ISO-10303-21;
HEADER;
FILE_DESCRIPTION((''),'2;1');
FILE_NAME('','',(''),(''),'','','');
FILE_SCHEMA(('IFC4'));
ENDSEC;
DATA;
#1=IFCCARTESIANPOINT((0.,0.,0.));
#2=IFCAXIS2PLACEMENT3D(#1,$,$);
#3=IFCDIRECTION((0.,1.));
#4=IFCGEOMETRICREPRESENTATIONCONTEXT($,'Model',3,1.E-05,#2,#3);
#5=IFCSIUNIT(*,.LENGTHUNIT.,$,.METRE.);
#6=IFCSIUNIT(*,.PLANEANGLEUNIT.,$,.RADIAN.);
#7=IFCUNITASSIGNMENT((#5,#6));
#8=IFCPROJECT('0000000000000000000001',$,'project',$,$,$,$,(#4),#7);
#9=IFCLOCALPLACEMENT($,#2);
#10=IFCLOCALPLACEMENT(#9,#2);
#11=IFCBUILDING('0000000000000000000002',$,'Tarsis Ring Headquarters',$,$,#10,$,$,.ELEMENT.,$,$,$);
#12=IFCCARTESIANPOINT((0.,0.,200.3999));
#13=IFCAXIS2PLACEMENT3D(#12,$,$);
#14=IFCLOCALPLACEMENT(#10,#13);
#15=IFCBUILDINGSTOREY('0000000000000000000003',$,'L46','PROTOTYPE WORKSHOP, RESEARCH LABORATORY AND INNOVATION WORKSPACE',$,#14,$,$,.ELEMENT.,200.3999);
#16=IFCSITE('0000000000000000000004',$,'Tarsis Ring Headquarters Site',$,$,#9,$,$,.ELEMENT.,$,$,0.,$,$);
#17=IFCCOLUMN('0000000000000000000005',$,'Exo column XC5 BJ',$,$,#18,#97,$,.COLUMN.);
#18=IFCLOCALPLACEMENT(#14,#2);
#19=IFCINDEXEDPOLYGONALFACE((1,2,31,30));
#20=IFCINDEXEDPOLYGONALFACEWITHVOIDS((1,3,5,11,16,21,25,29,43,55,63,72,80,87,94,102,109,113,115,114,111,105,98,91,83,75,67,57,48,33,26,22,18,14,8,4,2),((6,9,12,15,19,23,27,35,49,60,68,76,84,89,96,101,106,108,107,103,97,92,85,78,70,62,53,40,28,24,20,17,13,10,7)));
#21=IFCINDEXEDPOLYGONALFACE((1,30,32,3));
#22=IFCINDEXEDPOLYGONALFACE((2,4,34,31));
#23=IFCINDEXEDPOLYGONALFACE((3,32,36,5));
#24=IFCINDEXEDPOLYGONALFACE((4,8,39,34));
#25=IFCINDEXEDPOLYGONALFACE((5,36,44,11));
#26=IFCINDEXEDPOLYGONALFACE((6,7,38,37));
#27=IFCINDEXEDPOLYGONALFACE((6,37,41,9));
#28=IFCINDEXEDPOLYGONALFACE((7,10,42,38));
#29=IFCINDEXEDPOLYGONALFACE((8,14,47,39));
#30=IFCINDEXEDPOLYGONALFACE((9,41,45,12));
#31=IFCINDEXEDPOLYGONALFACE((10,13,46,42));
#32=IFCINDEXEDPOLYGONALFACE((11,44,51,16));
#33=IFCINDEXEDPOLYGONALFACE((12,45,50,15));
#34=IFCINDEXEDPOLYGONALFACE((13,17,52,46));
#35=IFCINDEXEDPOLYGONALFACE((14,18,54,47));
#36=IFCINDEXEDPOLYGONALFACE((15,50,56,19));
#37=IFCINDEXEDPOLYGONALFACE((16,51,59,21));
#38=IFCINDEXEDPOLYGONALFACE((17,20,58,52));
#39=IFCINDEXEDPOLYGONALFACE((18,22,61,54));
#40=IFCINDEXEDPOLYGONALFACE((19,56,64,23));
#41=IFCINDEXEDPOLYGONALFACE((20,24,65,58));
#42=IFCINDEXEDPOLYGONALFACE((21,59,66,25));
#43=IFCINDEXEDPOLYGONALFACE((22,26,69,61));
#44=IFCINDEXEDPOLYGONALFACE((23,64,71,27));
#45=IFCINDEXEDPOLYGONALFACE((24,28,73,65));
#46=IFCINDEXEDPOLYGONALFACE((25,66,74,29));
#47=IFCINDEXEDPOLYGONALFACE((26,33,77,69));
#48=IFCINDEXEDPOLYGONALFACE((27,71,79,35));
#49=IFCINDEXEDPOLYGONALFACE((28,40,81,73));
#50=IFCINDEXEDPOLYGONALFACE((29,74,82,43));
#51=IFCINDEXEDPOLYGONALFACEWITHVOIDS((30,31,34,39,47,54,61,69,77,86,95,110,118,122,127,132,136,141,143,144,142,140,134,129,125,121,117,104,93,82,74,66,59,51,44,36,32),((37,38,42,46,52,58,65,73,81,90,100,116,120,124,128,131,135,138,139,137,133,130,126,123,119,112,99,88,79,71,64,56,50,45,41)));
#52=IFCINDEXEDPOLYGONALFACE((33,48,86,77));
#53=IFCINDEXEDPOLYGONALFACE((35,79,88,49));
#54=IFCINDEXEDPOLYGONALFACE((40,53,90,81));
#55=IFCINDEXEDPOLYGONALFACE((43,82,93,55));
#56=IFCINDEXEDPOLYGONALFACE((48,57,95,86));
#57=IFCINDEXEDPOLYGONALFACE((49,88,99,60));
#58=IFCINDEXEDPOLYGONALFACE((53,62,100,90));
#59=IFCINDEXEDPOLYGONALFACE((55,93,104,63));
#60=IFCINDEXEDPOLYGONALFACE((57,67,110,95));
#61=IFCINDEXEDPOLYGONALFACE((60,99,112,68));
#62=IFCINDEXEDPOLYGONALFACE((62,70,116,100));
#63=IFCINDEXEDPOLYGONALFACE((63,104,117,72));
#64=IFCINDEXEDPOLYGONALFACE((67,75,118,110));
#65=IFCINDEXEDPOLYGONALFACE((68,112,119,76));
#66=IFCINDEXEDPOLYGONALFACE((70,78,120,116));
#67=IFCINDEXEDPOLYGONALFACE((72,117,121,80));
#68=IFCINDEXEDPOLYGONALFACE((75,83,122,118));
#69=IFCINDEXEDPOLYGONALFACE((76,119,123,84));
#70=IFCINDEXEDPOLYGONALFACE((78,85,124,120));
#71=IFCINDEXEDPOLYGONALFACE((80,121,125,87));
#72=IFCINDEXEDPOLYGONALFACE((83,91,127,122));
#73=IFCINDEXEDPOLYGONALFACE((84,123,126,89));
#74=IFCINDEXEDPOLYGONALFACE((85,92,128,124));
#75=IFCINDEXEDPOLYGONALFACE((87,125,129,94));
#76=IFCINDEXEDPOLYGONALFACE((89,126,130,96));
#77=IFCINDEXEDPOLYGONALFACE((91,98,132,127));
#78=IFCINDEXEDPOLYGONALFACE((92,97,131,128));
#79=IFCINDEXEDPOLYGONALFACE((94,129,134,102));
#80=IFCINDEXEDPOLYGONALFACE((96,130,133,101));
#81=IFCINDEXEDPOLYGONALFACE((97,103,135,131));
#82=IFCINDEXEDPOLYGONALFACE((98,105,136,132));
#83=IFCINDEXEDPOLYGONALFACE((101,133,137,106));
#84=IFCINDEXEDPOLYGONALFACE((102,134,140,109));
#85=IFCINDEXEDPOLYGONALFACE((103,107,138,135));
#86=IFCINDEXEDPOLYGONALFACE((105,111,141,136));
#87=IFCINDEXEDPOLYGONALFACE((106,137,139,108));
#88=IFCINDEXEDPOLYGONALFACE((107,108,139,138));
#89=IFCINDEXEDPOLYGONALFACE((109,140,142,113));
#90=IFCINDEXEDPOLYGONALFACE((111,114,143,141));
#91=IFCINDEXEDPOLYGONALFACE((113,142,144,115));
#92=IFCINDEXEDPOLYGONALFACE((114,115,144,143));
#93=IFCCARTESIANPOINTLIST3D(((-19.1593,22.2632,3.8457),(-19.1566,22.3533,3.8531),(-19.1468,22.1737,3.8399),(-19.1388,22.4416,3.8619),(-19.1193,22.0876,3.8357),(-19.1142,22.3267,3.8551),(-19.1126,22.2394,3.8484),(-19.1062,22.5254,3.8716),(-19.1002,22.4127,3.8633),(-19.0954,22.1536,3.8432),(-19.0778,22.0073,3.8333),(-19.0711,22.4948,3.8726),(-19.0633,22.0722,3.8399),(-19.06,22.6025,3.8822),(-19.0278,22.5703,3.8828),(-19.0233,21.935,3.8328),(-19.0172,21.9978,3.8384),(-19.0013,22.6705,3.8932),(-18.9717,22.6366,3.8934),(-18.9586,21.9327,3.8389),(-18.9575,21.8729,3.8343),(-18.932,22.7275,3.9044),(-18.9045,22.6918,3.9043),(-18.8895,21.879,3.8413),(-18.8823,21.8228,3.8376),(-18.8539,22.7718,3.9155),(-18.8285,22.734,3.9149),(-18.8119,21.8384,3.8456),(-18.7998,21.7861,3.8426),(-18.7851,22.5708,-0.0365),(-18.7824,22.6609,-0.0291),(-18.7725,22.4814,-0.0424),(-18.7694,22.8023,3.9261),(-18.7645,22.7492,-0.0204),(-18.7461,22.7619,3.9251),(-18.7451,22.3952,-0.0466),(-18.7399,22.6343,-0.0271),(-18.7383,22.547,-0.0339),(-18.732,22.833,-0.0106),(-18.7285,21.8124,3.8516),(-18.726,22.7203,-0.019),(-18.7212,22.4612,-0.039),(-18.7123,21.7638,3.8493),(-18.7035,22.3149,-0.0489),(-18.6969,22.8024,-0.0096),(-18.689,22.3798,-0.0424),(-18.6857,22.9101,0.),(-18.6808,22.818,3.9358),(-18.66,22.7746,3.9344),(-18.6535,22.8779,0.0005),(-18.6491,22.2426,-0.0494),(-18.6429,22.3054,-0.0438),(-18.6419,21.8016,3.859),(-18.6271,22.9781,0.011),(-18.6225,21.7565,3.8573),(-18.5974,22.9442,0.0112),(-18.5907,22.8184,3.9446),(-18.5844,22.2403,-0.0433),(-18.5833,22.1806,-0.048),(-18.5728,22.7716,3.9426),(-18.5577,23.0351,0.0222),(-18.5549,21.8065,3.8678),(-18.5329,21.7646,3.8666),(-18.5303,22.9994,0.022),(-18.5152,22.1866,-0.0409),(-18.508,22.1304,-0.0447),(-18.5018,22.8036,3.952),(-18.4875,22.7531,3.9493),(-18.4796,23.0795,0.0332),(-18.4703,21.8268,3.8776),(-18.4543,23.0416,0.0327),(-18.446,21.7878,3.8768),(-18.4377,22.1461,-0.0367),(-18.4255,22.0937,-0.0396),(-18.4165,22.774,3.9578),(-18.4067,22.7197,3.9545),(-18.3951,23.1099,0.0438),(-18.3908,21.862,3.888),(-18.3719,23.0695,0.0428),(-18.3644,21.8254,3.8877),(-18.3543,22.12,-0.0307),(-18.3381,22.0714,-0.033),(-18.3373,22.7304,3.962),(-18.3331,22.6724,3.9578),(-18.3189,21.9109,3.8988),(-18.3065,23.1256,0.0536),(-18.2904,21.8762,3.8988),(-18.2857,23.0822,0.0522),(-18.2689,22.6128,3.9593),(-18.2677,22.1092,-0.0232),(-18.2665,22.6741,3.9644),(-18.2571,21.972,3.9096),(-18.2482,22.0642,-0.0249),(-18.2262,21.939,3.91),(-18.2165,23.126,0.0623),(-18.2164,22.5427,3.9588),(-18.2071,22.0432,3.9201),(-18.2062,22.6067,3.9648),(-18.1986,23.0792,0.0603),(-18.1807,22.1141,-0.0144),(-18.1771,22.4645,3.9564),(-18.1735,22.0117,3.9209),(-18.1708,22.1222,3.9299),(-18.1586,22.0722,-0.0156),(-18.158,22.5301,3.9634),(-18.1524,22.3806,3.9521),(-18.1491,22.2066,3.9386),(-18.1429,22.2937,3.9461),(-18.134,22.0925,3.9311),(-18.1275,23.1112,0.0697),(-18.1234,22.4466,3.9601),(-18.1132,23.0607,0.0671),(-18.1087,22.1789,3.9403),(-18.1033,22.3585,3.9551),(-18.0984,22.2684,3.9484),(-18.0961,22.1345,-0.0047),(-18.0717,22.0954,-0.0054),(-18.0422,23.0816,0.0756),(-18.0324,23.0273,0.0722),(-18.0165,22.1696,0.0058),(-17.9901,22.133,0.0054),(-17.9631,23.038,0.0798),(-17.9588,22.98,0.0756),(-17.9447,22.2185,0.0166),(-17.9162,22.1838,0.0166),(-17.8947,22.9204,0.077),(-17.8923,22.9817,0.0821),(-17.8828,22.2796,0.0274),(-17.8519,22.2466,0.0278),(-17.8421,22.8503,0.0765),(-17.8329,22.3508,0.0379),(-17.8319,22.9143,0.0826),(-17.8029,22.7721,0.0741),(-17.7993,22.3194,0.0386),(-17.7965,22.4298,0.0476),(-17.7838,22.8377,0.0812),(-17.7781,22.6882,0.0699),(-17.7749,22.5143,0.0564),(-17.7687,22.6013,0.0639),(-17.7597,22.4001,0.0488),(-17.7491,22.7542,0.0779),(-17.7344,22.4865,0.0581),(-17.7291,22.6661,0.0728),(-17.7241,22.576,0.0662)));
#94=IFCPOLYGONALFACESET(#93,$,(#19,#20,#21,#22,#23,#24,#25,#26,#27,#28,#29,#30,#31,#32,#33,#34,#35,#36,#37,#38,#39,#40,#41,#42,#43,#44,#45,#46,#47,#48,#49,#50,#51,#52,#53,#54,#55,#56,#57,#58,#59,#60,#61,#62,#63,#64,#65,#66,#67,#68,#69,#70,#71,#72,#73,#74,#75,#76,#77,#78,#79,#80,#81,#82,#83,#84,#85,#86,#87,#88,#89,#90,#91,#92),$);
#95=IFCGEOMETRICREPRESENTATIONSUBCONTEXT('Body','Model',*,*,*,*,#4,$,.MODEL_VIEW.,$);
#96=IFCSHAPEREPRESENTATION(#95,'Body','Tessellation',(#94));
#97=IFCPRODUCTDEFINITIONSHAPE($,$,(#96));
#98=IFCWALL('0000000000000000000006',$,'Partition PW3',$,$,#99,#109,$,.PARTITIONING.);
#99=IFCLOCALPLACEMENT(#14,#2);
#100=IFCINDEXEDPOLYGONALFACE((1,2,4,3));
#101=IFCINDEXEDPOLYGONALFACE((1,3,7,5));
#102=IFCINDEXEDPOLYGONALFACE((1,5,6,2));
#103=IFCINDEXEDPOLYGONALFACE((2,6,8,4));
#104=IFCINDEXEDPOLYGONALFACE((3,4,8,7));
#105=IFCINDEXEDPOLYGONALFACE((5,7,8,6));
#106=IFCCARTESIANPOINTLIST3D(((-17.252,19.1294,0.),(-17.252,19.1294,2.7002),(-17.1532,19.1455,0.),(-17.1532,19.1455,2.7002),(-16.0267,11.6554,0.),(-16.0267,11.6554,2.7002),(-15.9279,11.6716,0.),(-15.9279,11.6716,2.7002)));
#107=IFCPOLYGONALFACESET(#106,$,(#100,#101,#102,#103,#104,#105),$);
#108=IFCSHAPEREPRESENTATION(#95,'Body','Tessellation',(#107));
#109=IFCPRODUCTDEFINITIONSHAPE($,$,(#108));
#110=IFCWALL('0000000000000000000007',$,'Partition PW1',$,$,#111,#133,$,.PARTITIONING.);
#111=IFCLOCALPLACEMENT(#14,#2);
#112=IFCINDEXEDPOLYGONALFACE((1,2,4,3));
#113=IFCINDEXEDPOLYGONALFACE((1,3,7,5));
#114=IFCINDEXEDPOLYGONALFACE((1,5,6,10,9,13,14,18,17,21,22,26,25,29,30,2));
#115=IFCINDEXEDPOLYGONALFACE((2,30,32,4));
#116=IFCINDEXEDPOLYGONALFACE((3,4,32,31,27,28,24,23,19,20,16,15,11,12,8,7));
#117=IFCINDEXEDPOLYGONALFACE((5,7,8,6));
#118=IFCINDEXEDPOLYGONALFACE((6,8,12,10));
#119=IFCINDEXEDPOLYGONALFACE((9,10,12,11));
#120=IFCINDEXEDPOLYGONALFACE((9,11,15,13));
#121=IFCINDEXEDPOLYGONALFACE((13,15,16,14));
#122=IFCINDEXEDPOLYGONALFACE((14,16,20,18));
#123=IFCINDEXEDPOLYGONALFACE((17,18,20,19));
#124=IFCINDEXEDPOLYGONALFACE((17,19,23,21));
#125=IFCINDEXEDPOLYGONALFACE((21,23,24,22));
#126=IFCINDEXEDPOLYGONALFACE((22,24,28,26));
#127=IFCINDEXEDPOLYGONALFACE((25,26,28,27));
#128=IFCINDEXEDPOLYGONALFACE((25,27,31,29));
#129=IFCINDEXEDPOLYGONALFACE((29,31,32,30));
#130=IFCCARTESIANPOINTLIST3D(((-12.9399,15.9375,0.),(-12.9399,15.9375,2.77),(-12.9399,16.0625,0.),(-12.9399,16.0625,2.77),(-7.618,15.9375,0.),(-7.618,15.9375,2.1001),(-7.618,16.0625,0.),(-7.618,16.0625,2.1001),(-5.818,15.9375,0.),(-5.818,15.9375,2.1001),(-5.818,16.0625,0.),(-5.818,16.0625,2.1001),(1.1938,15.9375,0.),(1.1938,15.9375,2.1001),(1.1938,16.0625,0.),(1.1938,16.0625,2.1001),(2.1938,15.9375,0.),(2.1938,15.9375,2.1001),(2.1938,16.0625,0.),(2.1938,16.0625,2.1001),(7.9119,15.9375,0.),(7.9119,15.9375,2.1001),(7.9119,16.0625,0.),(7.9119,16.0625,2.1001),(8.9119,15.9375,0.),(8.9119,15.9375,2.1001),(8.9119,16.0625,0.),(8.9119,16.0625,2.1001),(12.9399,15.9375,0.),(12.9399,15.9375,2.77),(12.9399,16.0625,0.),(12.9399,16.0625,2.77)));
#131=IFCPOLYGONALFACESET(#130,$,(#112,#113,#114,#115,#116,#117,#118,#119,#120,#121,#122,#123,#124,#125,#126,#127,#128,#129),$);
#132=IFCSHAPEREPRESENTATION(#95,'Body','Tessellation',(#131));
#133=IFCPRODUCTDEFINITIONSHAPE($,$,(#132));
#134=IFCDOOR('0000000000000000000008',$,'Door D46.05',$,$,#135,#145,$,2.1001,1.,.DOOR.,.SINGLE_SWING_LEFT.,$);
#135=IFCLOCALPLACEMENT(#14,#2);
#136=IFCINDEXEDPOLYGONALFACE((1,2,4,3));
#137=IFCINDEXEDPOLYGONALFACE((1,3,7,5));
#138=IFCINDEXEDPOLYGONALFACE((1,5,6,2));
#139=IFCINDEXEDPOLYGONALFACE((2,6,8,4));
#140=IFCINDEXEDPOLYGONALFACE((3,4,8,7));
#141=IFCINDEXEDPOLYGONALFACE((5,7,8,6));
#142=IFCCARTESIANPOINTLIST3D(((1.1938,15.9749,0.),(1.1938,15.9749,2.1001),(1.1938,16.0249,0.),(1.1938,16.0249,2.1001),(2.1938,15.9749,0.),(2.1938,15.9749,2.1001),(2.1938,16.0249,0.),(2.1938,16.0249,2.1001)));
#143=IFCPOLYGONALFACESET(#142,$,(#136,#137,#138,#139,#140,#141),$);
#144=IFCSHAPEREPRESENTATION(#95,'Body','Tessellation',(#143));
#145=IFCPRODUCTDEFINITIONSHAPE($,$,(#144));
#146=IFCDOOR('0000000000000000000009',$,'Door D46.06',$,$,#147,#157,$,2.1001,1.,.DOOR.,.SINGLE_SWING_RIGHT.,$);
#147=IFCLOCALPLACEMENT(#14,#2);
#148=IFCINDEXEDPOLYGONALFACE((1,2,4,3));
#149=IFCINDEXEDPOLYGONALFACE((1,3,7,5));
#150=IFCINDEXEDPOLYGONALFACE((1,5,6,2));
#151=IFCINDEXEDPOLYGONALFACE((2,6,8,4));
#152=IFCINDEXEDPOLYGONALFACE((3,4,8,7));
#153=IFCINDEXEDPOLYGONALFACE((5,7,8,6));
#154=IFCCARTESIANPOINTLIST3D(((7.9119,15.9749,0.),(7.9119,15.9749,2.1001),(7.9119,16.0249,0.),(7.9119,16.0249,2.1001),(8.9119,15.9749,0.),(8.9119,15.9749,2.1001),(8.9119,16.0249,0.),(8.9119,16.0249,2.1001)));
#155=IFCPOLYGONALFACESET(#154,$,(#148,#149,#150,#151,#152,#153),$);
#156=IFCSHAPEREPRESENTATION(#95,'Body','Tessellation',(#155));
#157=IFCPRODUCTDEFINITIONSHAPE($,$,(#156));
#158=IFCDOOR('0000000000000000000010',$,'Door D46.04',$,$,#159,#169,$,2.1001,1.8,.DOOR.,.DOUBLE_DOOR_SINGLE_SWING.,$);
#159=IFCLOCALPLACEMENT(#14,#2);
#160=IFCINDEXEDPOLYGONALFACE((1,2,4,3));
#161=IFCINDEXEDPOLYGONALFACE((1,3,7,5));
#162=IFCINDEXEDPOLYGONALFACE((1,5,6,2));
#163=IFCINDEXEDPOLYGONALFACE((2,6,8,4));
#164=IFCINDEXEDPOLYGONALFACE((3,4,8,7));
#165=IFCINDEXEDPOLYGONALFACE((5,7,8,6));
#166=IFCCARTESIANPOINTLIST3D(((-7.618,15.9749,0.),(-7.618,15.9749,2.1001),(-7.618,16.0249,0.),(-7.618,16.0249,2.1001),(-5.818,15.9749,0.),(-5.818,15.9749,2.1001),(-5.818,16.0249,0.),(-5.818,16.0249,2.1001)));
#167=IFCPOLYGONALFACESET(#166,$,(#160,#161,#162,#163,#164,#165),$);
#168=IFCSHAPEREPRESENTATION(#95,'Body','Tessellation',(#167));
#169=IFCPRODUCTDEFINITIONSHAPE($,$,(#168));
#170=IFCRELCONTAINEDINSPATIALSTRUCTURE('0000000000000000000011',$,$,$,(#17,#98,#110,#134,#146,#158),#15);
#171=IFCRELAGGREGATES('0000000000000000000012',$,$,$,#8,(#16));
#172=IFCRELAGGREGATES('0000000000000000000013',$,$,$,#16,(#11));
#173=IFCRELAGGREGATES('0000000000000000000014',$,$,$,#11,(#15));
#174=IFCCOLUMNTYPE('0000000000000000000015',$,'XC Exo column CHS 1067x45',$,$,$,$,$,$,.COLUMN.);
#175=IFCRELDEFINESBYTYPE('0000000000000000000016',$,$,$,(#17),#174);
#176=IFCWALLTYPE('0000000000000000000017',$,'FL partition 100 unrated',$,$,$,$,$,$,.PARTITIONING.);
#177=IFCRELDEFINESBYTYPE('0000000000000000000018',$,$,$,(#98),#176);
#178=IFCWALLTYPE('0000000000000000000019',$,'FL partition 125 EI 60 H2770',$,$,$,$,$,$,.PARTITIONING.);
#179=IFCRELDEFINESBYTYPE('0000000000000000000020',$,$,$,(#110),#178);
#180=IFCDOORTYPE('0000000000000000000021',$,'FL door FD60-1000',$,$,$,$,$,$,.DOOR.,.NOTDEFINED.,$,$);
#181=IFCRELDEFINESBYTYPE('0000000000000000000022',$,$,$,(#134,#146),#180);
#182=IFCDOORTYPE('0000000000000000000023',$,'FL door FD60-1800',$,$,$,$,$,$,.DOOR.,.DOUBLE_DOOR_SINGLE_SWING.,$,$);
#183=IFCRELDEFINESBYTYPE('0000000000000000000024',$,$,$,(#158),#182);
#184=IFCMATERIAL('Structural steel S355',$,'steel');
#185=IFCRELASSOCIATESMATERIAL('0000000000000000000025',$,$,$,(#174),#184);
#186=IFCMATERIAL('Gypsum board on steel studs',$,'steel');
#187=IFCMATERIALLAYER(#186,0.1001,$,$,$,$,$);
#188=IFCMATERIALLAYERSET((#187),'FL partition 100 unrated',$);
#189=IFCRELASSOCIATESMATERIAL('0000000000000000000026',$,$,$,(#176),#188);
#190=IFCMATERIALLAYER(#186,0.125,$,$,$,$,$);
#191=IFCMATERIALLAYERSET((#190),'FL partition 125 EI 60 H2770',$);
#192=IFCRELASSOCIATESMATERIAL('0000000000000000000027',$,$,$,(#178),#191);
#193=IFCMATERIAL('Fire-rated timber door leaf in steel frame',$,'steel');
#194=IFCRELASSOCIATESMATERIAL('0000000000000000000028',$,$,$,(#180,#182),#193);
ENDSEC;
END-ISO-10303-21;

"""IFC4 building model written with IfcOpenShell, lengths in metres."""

from ifc_helpers import new_model, si_unit, direction, frame, frame_2d, origin, origin_2d, place, context, subcontext, project, spatial, rectangle, hollow_circle, extrude, material, layer, layer_set, material_profile, profile_set, type_object, element, fill, save


model = new_model("IFC4")

# Units and contexts
model_context = context("Model", 3, precision=1e-05, world=origin(), true_north=direction((0.0, 1.0)))
body_context = subcontext(model_context, "Body", "Model", "MODEL_VIEW")
ifc_project = project(units=[si_unit("LENGTHUNIT", "METRE"), si_unit("PLANEANGLEUNIT", "RADIAN")], contexts=[model_context])

# Site, building, storey
site_placement = place(None, origin())
site = spatial("IfcSite", under=ifc_project, at=site_placement, Name="Tarsis Ring Headquarters Site", CompositionType="ELEMENT", RefElevation=0.0)
building_placement = place(site_placement, origin())
building = spatial("IfcBuilding", under=site, at=building_placement, Name="Tarsis Ring Headquarters", CompositionType="ELEMENT")
storey_placement = place(building_placement, frame((0.0, 0.0, 200.3999)))
storey = spatial("IfcBuildingStorey", under=building, at=storey_placement, Name="L46", Description="PROTOTYPE WORKSHOP, RESEARCH LABORATORY AND INNOVATION WORKSPACE", CompositionType="ELEMENT", Elevation=200.3999)

# Column
ifc_material_1 = material(Name="Structural steel S355", Category="steel")
ifc_material_profile_1 = material_profile(ifc_material_1, hollow_circle(Radius=0.5334, WallThickness=0.0449, at=origin_2d()), Name="CHS 1067x45")
ifc_profile_set_1 = profile_set([ifc_material_profile_1], Name="Structural steel S355")
column_type = type_object("IfcColumnType", Name="XC Exo column CHS 1067x45", PredefinedType="COLUMN", material=ifc_profile_set_1)
column_placement = place(storey_placement, frame((-18.2549, 22.5959, 0.0166), z_axis=(-0.095661, -0.078626, 0.992304), x_axis=(0.634965, -0.772541, 0.0)))
element("IfcColumn", 1, at=column_placement, inside=storey, type_object=column_type, Name="Exo column XC5 BJ", PredefinedType="COLUMN", context=body_context, shape_type="SweptSolid", body=[
    extrude(hollow_circle(Radius=0.5334, WallThickness=0.0449, at=origin_2d()), origin(), (0.0, 0.0, 1.0), 3.9124),
])

# Wall
ifc_material_2 = material(Name="Gypsum board on steel studs", Category="steel")
ifc_layer_1 = layer(ifc_material_2, 0.1001)
ifc_layer_set_1 = layer_set([ifc_layer_1], Name="FL partition 100 unrated")
wall_type_1 = type_object("IfcWallType", Name="FL partition 100 unrated", PredefinedType="PARTITIONING", material=ifc_layer_set_1)
wall_1_placement = place(storey_placement, frame((-17.2026, 19.1375, 0.0), z_axis=(0.0, 0.0, 1.0), x_axis=(0.16179, -0.986825, 0.0)))
element("IfcWall", 2, at=wall_1_placement, inside=storey, type_object=wall_type_1, Name="Partition PW3", PredefinedType="PARTITIONING", context=body_context, shape_type="SweptSolid", body=[
    extrude(rectangle(XDim=7.5737, YDim=0.1001, at=frame_2d((3.7869, 0.0))), origin(), (0.0, 0.0, 1.0), 2.7002),
])

# Wall, openings, doors
ifc_layer_2 = layer(ifc_material_2, 0.125)
ifc_layer_set_2 = layer_set([ifc_layer_2], Name="FL partition 125 EI 60 H2770")
wall_type_2 = type_object("IfcWallType", Name="FL partition 125 EI 60 H2770", PredefinedType="PARTITIONING", material=ifc_layer_set_2)
wall_2_placement = place(storey_placement, frame((-12.9399, 16.0, 0.0), z_axis=(0.0, 0.0, 1.0), x_axis=(1.0, 0.0, 0.0)))
wall_2 = element("IfcWall", 3, at=wall_2_placement, inside=storey, type_object=wall_type_2, Name="Partition PW1", PredefinedType="PARTITIONING", context=body_context, shape_type="SweptSolid", body=[
    extrude(rectangle(XDim=25.8799, YDim=0.125, at=frame_2d((12.9399, 0.0))), origin(), (0.0, 0.0, 1.0), 2.77),
])
opening_1_placement = place(wall_2_placement, frame((5.322, 0.0, 0.0)))
opening_1 = element("IfcOpeningElement", 4, at=opening_1_placement, cuts=wall_2, PredefinedType="OPENING", context=body_context, shape_type="SweptSolid", body=[
    extrude(rectangle(XDim=1.8, YDim=2.1001, at=frame_2d((0.8999, 1.05))), frame((0.0, 0.0725, 0.0), z_axis=(0.0, -1.0, 0.0), x_axis=(1.0, 0.0, 0.0)), (0.0, 0.0, 1.0), 0.145),
])
opening_2_placement = place(wall_2_placement, frame((14.1338, 0.0, 0.0)))
opening_2 = element("IfcOpeningElement", 5, at=opening_2_placement, cuts=wall_2, PredefinedType="OPENING", context=body_context, shape_type="SweptSolid", body=[
    extrude(rectangle(XDim=1.0, YDim=2.1001, at=frame_2d((0.5, 1.05))), frame((0.0, 0.0725, 0.0), z_axis=(0.0, -1.0, 0.0), x_axis=(1.0, 0.0, 0.0)), (0.0, 0.0, 1.0), 0.145),
])
opening_3_placement = place(wall_2_placement, frame((20.8518, 0.0, 0.0)))
opening_3 = element("IfcOpeningElement", 6, at=opening_3_placement, cuts=wall_2, PredefinedType="OPENING", context=body_context, shape_type="SweptSolid", body=[
    extrude(rectangle(XDim=1.0, YDim=2.1001, at=frame_2d((0.5, 1.05))), frame((0.0, 0.0725, 0.0), z_axis=(0.0, -1.0, 0.0), x_axis=(1.0, 0.0, 0.0)), (0.0, 0.0, 1.0), 0.145),
])
ifc_material_3 = material(Name="Fire-rated timber door leaf in steel frame", Category="steel")
door_type_1 = type_object("IfcDoorType", Name="FL door FD60-1000", OperationType="NOTDEFINED", PredefinedType="DOOR", material=ifc_material_3)
door_1_placement = place(opening_2_placement, origin())
door_1 = element("IfcDoor", 7, at=door_1_placement, inside=storey, type_object=door_type_1, Name="Door D46.05", OperationType="SINGLE_SWING_LEFT", OverallHeight=2.1001, OverallWidth=1.0, PredefinedType="DOOR", context=body_context, shape_type="SweptSolid", body=[
    extrude(rectangle(XDim=1.0, YDim=2.1001, at=frame_2d((0.5, 1.05))), frame((0.0, 0.0249, 0.0), z_axis=(0.0, -1.0, 0.0), x_axis=(1.0, 0.0, 0.0)), (0.0, 0.0, 1.0), 0.05),
])
fill(opening_2, door_1)
door_2_placement = place(opening_3_placement, origin())
door_2 = element("IfcDoor", 8, at=door_2_placement, inside=storey, type_object=door_type_1, Name="Door D46.06", OperationType="SINGLE_SWING_RIGHT", OverallHeight=2.1001, OverallWidth=1.0, PredefinedType="DOOR", context=body_context, shape_type="SweptSolid", body=[
    extrude(rectangle(XDim=1.0, YDim=2.1001, at=frame_2d((0.5, 1.05))), frame((0.0, 0.0249, 0.0), z_axis=(0.0, -1.0, 0.0), x_axis=(1.0, 0.0, 0.0)), (0.0, 0.0, 1.0), 0.05),
])
fill(opening_3, door_2)
door_type_2 = type_object("IfcDoorType", Name="FL door FD60-1800", OperationType="DOUBLE_DOOR_SINGLE_SWING", PredefinedType="DOOR", material=ifc_material_3)
door_3_placement = place(opening_1_placement, origin())
door_3 = element("IfcDoor", 9, at=door_3_placement, inside=storey, type_object=door_type_2, Name="Door D46.04", OperationType="DOUBLE_DOOR_SINGLE_SWING", OverallHeight=2.1001, OverallWidth=1.8, PredefinedType="DOOR", context=body_context, shape_type="SweptSolid", body=[
    extrude(rectangle(XDim=1.8, YDim=2.1001, at=frame_2d((0.8999, 1.05))), frame((0.0, 0.0249, 0.0), z_axis=(0.0, -1.0, 0.0), x_axis=(1.0, 0.0, 0.0)), (0.0, 0.0, 1.0), 0.05),
])
fill(opening_1, door_3)

save(model, "model.ifc")
